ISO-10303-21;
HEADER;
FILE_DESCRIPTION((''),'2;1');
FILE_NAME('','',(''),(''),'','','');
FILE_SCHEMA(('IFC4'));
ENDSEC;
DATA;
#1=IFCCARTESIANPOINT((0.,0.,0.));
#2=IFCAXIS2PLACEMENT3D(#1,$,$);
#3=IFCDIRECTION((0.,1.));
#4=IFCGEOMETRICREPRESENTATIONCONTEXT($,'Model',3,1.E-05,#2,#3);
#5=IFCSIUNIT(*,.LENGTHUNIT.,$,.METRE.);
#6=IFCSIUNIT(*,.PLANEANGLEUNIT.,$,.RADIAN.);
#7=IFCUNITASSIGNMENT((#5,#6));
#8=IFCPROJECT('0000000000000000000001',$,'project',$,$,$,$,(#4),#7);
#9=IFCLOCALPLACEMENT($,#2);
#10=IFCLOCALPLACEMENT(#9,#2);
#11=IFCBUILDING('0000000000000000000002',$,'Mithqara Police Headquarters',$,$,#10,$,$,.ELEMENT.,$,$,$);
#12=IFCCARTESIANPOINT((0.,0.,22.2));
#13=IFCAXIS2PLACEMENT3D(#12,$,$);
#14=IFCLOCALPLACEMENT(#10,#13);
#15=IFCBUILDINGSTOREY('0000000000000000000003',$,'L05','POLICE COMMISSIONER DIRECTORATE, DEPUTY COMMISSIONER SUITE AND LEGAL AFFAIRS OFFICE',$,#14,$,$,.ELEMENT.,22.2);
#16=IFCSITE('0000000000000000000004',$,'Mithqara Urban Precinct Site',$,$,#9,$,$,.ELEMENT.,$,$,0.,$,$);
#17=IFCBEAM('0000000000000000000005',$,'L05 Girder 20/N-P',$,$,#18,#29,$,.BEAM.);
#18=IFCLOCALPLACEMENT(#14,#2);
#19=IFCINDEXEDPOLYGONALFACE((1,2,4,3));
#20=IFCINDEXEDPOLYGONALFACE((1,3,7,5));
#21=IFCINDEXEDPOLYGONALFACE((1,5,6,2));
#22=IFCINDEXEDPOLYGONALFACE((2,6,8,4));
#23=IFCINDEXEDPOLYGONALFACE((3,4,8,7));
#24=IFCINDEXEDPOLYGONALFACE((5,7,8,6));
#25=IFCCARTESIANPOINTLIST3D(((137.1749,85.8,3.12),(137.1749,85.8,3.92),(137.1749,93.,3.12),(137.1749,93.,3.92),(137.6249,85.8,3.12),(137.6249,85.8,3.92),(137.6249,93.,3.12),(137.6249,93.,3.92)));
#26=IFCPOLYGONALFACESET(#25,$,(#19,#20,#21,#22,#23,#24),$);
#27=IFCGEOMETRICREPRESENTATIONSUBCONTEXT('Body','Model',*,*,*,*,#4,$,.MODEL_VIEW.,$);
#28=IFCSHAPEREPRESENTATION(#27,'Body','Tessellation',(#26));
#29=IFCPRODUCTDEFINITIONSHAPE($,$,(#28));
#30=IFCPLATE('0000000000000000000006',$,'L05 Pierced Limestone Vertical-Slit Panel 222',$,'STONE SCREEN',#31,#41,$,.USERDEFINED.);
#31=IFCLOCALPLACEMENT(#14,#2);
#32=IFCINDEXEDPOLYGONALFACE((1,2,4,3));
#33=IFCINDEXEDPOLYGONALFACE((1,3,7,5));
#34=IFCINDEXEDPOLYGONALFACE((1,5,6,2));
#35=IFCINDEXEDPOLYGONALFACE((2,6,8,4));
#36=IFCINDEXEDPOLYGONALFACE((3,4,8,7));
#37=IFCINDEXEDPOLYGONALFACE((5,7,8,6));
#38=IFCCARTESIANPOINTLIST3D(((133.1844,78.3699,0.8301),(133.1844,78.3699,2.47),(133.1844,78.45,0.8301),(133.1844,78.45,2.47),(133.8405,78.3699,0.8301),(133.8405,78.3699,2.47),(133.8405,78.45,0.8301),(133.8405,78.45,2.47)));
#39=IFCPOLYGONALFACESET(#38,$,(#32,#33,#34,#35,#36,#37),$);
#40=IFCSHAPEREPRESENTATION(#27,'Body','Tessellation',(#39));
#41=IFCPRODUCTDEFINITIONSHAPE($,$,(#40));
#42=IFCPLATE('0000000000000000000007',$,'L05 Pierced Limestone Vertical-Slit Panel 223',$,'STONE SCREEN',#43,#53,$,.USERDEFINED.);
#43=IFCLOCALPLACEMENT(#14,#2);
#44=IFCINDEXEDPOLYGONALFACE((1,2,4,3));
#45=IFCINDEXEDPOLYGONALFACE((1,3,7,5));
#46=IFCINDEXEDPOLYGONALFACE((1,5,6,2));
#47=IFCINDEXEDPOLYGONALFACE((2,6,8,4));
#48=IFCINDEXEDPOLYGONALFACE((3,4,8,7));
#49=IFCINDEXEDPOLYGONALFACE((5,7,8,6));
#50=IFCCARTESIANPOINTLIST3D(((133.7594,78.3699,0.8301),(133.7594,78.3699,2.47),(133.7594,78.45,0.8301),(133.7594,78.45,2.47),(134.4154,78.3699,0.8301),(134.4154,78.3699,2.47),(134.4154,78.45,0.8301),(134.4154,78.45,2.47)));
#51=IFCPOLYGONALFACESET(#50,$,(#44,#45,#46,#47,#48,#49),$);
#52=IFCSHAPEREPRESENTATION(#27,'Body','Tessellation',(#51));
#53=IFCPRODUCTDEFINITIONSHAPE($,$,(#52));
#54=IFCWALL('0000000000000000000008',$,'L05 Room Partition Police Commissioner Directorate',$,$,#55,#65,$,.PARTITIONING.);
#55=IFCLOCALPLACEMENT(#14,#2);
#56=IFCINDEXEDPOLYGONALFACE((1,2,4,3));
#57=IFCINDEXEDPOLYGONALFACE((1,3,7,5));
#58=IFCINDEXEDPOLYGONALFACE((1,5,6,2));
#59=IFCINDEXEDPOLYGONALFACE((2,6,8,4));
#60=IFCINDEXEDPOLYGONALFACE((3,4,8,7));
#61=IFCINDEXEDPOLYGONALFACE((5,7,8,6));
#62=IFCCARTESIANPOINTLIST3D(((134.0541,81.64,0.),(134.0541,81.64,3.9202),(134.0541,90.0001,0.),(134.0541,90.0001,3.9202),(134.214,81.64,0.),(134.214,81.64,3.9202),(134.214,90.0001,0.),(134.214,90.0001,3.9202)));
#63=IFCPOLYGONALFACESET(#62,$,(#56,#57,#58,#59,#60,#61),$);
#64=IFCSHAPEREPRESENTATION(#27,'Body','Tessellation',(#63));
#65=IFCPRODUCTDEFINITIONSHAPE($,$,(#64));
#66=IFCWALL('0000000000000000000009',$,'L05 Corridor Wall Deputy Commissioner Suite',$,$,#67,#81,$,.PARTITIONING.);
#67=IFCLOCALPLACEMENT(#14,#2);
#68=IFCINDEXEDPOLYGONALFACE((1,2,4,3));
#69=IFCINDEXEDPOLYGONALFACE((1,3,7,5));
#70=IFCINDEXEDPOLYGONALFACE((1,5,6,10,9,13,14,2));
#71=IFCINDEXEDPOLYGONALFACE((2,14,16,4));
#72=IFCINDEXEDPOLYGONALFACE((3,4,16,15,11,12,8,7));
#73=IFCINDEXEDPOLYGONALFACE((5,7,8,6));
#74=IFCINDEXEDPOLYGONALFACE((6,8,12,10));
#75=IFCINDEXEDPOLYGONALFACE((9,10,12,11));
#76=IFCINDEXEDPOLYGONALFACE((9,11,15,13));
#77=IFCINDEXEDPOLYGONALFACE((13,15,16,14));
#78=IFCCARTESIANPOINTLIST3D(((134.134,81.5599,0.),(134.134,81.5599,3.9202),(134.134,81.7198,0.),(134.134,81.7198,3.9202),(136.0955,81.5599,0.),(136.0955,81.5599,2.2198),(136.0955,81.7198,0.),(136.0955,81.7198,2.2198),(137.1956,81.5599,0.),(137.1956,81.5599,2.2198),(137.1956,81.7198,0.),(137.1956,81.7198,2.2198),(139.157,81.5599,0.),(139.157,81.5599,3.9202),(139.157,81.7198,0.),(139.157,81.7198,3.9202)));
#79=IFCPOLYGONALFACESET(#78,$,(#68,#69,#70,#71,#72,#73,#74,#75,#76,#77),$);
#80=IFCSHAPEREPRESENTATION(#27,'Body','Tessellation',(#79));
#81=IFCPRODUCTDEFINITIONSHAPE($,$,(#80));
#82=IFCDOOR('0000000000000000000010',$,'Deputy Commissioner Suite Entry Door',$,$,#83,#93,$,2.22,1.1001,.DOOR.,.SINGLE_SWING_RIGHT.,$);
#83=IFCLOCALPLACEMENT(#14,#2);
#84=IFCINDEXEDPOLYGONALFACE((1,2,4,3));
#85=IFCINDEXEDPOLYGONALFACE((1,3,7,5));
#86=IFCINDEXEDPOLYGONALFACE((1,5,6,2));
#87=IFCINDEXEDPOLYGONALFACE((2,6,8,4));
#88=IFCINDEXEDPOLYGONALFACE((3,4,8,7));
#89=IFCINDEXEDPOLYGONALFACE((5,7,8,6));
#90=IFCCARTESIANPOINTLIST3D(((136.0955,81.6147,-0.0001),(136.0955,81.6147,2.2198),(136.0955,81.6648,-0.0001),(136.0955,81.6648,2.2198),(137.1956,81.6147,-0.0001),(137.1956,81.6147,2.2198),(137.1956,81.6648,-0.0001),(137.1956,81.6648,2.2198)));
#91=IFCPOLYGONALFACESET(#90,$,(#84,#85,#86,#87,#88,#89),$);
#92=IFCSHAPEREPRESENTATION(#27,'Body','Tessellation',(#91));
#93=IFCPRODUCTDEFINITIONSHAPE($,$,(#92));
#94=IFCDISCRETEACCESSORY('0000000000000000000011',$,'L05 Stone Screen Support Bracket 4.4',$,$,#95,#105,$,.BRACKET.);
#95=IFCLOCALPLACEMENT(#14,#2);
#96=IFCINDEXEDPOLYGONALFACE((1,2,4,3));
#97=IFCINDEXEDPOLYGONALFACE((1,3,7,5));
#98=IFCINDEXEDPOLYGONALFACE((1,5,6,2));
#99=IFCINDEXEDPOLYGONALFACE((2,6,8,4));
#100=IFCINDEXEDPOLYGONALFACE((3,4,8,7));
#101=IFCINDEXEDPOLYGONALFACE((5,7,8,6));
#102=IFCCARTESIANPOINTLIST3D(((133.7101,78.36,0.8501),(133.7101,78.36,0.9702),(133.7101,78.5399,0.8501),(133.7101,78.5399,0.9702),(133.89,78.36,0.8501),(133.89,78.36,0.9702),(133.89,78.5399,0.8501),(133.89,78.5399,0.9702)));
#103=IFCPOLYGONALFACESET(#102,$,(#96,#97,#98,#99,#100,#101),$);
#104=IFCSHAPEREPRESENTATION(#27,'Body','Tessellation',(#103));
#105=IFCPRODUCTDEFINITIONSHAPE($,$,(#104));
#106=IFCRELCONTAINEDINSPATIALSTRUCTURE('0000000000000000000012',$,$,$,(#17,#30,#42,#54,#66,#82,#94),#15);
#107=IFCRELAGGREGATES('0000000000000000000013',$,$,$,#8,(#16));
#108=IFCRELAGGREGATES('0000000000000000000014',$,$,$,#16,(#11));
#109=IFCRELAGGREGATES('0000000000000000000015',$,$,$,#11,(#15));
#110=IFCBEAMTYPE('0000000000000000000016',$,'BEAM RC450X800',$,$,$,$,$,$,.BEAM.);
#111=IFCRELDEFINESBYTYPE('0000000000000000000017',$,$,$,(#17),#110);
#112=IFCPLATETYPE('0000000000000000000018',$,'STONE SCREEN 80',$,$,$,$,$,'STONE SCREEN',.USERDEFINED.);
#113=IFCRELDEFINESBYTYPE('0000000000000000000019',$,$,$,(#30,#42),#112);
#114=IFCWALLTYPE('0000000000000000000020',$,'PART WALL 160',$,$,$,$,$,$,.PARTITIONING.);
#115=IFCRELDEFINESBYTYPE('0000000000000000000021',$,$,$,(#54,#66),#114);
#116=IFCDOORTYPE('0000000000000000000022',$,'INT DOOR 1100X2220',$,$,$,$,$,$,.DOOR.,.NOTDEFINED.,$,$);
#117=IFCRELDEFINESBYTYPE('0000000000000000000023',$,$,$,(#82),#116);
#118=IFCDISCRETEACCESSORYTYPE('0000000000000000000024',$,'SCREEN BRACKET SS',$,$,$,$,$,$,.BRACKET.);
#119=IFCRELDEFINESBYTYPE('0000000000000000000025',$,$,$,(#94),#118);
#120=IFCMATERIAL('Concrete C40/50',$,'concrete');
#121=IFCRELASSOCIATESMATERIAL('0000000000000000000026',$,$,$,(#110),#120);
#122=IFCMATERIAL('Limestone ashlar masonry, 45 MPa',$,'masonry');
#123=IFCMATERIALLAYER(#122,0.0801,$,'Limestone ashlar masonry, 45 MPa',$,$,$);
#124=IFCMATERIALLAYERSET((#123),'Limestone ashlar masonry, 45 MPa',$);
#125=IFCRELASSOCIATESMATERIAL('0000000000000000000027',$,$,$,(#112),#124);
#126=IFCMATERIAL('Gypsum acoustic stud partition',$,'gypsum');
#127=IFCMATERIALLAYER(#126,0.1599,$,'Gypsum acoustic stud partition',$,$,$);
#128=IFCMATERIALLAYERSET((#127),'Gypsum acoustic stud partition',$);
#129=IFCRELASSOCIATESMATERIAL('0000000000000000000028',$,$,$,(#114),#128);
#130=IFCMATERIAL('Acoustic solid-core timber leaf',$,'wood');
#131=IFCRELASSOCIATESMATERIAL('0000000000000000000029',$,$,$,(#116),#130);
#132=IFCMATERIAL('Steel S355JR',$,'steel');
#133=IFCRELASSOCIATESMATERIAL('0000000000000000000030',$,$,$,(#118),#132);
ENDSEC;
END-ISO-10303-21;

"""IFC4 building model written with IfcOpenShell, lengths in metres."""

from ifc_helpers import new_model, si_unit, direction, frame, frame_2d, origin, origin_2d, place, context, subcontext, project, spatial, rectangle, extrude, material, layer, layer_set, material_profile, profile_set, type_object, element, fill, save


model = new_model("IFC4")

# Units and contexts
model_context = context("Model", 3, precision=1e-05, world=origin(), true_north=direction((0.0, 1.0)))
body_context = subcontext(model_context, "Body", "Model", "MODEL_VIEW")
ifc_project = project(units=[si_unit("LENGTHUNIT", "METRE"), si_unit("PLANEANGLEUNIT", "RADIAN")], contexts=[model_context])

# Site, building, storey
site_placement = place(None, origin())
site = spatial("IfcSite", under=ifc_project, at=site_placement, Name="Mithqara Urban Precinct Site", CompositionType="ELEMENT", RefElevation=0.0)
building_placement = place(site_placement, origin())
building = spatial("IfcBuilding", under=site, at=building_placement, Name="Mithqara Police Headquarters", CompositionType="ELEMENT")
storey_placement = place(building_placement, frame((0.0, 0.0, 22.2)))
storey = spatial("IfcBuildingStorey", under=building, at=storey_placement, Name="L05", Description="POLICE COMMISSIONER DIRECTORATE, DEPUTY COMMISSIONER SUITE AND LEGAL AFFAIRS OFFICE", CompositionType="ELEMENT", Elevation=22.2)

# Beam
ifc_material_1 = material(Name="Steel S355JR", Category="steel")
ifc_material_2 = material(Name="Concrete C40/50", Category="concrete")
ifc_material_profile_1 = material_profile(ifc_material_2, rectangle(XDim=0.45, YDim=0.8, at=origin_2d()), Name="RC 450x800")
ifc_profile_set_1 = profile_set([ifc_material_profile_1], Name="Concrete C40/50")
beam_type_1 = type_object("IfcBeamType", Name="BEAM RC450X800", PredefinedType="BEAM", material=ifc_profile_set_1)
beam_1_placement = place(storey_placement, frame((137.3999, 85.8, 3.52), z_axis=(0.0, 1.0, 0.0), x_axis=(-1.0, 0.0, 0.0)))
element("IfcBeam", 1, at=beam_1_placement, inside=storey, type_object=beam_type_1, Name="L05 Girder 20/N-P", PredefinedType="BEAM", context=body_context, shape_type="SweptSolid", body=[
    extrude(rectangle(XDim=0.45, YDim=0.8, at=origin_2d()), origin(), (0.0, 0.0, 1.0), 7.2),
])

# Plates
ifc_material_3 = material(Name="Limestone ashlar masonry, 45 MPa", Category="masonry")
ifc_layer_1 = layer(ifc_material_3, 0.0801, Name="Limestone ashlar masonry, 45 MPa")
ifc_layer_set_1 = layer_set([ifc_layer_1], Name="Limestone ashlar masonry, 45 MPa")
plate_type = type_object("IfcPlateType", Name="STONE SCREEN 80", ElementType="STONE SCREEN", PredefinedType="USERDEFINED", material=ifc_layer_set_1)
for number, where, z_axis, x_axis, name in (
    (2, (133.5125, 78.4099, 0.8301), (0.0, 0.0, 1.0), (1.0, 0.0, 0.0), "L05 Pierced Limestone Vertical-Slit Panel 222"),
    (3, (134.0874, 78.4099, 0.8301), (0.0, 0.0, 1.0), (1.0, 0.0, 0.0), "L05 Pierced Limestone Vertical-Slit Panel 223"),
):
    element("IfcPlate", number, at=place(storey_placement, frame(where, z_axis=z_axis, x_axis=x_axis)), inside=storey, type_object=plate_type, Name=name, ObjectType="STONE SCREEN", PredefinedType="USERDEFINED", context=body_context, shape_type="SweptSolid", body=[
        extrude(rectangle(XDim=0.656, YDim=0.0801, at=origin_2d()), origin(), (0.0, 0.0, 1.0), 1.6399),
    ])

# Wall
ifc_material_4 = material(Name="Gypsum acoustic stud partition", Category="gypsum")
ifc_layer_2 = layer(ifc_material_4, 0.1599, Name="Gypsum acoustic stud partition")
ifc_layer_set_2 = layer_set([ifc_layer_2], Name="Gypsum acoustic stud partition")
wall_type = type_object("IfcWallType", Name="PART WALL 160", PredefinedType="PARTITIONING", material=ifc_layer_set_2)
wall_1_placement = place(storey_placement, frame((134.134, 81.6399, 0.0), z_axis=(0.0, 0.0, 1.0), x_axis=(0.0, 1.0, 0.0)))
element("IfcWall", 4, at=wall_1_placement, inside=storey, type_object=wall_type, Name="L05 Room Partition Police Commissioner Directorate", PredefinedType="PARTITIONING", context=body_context, shape_type="SweptSolid", body=[
    extrude(rectangle(XDim=8.3601, YDim=0.1599, at=frame_2d((4.1802, 0.0))), origin(), (0.0, 0.0, 1.0), 3.9202),
])

# Wall, opening, door
wall_2_placement = place(storey_placement, frame((134.134, 81.6399, 0.0), z_axis=(0.0, 0.0, 1.0), x_axis=(1.0, 0.0, 0.0)))
wall_2 = element("IfcWall", 5, at=wall_2_placement, inside=storey, type_object=wall_type, Name="L05 Corridor Wall Deputy Commissioner Suite", PredefinedType="PARTITIONING", context=body_context, shape_type="SweptSolid", body=[
    extrude(rectangle(XDim=5.0229, YDim=0.1599, at=frame_2d((2.5115, 0.0))), origin(), (0.0, 0.0, 1.0), 3.9202),
])
opening_placement = place(wall_2_placement, frame((1.9614, 0.0, 0.0)))
opening = element("IfcOpeningElement", 6, at=opening_placement, cuts=wall_2, PredefinedType="OPENING", context=body_context, shape_type="SweptSolid", body=[
    extrude(rectangle(XDim=1.1001, YDim=2.22, at=frame_2d((0.55, 1.1099))), frame((0.0, 0.0898, 0.0), z_axis=(0.0, -1.0, 0.0), x_axis=(1.0, 0.0, 0.0)), (0.0, 0.0, 1.0), 0.1799),
])
ifc_material_5 = material(Name="Acoustic solid-core timber leaf", Category="wood")
door_type = type_object("IfcDoorType", Name="INT DOOR 1100X2220", OperationType="NOTDEFINED", PredefinedType="DOOR", material=ifc_material_5)
door_placement = place(opening_placement, origin())
door = element("IfcDoor", 7, at=door_placement, inside=storey, type_object=door_type, Name="Deputy Commissioner Suite Entry Door", OperationType="SINGLE_SWING_RIGHT", OverallHeight=2.22, OverallWidth=1.1001, PredefinedType="DOOR", context=body_context, shape_type="SweptSolid", body=[
    extrude(rectangle(XDim=1.1001, YDim=2.22, at=frame_2d((0.55, 1.1099))), frame((0.0, 0.0249, 0.0), z_axis=(0.0, -1.0, 0.0), x_axis=(1.0, 0.0, 0.0)), (0.0, 0.0, 1.0), 0.05),
])
fill(opening, door)

# Discrete accessory
discrete_accessory_type = type_object("IfcDiscreteAccessoryType", Name="SCREEN BRACKET SS", PredefinedType="BRACKET", material=ifc_material_1)
discrete_accessory_placement = place(storey_placement, frame((133.8, 78.45, 0.8501), z_axis=(0.0, 0.0, 1.0), x_axis=(1.0, 0.0, 0.0)))
element("IfcDiscreteAccessory", 8, at=discrete_accessory_placement, inside=storey, type_object=discrete_accessory_type, Name="L05 Stone Screen Support Bracket 4.4", PredefinedType="BRACKET", context=body_context, shape_type="SweptSolid", body=[
    extrude(rectangle(XDim=0.1799, YDim=0.1799, at=origin_2d()), origin(), (0.0, 0.0, 1.0), 0.1201),
])

save(model, "model.ifc")
